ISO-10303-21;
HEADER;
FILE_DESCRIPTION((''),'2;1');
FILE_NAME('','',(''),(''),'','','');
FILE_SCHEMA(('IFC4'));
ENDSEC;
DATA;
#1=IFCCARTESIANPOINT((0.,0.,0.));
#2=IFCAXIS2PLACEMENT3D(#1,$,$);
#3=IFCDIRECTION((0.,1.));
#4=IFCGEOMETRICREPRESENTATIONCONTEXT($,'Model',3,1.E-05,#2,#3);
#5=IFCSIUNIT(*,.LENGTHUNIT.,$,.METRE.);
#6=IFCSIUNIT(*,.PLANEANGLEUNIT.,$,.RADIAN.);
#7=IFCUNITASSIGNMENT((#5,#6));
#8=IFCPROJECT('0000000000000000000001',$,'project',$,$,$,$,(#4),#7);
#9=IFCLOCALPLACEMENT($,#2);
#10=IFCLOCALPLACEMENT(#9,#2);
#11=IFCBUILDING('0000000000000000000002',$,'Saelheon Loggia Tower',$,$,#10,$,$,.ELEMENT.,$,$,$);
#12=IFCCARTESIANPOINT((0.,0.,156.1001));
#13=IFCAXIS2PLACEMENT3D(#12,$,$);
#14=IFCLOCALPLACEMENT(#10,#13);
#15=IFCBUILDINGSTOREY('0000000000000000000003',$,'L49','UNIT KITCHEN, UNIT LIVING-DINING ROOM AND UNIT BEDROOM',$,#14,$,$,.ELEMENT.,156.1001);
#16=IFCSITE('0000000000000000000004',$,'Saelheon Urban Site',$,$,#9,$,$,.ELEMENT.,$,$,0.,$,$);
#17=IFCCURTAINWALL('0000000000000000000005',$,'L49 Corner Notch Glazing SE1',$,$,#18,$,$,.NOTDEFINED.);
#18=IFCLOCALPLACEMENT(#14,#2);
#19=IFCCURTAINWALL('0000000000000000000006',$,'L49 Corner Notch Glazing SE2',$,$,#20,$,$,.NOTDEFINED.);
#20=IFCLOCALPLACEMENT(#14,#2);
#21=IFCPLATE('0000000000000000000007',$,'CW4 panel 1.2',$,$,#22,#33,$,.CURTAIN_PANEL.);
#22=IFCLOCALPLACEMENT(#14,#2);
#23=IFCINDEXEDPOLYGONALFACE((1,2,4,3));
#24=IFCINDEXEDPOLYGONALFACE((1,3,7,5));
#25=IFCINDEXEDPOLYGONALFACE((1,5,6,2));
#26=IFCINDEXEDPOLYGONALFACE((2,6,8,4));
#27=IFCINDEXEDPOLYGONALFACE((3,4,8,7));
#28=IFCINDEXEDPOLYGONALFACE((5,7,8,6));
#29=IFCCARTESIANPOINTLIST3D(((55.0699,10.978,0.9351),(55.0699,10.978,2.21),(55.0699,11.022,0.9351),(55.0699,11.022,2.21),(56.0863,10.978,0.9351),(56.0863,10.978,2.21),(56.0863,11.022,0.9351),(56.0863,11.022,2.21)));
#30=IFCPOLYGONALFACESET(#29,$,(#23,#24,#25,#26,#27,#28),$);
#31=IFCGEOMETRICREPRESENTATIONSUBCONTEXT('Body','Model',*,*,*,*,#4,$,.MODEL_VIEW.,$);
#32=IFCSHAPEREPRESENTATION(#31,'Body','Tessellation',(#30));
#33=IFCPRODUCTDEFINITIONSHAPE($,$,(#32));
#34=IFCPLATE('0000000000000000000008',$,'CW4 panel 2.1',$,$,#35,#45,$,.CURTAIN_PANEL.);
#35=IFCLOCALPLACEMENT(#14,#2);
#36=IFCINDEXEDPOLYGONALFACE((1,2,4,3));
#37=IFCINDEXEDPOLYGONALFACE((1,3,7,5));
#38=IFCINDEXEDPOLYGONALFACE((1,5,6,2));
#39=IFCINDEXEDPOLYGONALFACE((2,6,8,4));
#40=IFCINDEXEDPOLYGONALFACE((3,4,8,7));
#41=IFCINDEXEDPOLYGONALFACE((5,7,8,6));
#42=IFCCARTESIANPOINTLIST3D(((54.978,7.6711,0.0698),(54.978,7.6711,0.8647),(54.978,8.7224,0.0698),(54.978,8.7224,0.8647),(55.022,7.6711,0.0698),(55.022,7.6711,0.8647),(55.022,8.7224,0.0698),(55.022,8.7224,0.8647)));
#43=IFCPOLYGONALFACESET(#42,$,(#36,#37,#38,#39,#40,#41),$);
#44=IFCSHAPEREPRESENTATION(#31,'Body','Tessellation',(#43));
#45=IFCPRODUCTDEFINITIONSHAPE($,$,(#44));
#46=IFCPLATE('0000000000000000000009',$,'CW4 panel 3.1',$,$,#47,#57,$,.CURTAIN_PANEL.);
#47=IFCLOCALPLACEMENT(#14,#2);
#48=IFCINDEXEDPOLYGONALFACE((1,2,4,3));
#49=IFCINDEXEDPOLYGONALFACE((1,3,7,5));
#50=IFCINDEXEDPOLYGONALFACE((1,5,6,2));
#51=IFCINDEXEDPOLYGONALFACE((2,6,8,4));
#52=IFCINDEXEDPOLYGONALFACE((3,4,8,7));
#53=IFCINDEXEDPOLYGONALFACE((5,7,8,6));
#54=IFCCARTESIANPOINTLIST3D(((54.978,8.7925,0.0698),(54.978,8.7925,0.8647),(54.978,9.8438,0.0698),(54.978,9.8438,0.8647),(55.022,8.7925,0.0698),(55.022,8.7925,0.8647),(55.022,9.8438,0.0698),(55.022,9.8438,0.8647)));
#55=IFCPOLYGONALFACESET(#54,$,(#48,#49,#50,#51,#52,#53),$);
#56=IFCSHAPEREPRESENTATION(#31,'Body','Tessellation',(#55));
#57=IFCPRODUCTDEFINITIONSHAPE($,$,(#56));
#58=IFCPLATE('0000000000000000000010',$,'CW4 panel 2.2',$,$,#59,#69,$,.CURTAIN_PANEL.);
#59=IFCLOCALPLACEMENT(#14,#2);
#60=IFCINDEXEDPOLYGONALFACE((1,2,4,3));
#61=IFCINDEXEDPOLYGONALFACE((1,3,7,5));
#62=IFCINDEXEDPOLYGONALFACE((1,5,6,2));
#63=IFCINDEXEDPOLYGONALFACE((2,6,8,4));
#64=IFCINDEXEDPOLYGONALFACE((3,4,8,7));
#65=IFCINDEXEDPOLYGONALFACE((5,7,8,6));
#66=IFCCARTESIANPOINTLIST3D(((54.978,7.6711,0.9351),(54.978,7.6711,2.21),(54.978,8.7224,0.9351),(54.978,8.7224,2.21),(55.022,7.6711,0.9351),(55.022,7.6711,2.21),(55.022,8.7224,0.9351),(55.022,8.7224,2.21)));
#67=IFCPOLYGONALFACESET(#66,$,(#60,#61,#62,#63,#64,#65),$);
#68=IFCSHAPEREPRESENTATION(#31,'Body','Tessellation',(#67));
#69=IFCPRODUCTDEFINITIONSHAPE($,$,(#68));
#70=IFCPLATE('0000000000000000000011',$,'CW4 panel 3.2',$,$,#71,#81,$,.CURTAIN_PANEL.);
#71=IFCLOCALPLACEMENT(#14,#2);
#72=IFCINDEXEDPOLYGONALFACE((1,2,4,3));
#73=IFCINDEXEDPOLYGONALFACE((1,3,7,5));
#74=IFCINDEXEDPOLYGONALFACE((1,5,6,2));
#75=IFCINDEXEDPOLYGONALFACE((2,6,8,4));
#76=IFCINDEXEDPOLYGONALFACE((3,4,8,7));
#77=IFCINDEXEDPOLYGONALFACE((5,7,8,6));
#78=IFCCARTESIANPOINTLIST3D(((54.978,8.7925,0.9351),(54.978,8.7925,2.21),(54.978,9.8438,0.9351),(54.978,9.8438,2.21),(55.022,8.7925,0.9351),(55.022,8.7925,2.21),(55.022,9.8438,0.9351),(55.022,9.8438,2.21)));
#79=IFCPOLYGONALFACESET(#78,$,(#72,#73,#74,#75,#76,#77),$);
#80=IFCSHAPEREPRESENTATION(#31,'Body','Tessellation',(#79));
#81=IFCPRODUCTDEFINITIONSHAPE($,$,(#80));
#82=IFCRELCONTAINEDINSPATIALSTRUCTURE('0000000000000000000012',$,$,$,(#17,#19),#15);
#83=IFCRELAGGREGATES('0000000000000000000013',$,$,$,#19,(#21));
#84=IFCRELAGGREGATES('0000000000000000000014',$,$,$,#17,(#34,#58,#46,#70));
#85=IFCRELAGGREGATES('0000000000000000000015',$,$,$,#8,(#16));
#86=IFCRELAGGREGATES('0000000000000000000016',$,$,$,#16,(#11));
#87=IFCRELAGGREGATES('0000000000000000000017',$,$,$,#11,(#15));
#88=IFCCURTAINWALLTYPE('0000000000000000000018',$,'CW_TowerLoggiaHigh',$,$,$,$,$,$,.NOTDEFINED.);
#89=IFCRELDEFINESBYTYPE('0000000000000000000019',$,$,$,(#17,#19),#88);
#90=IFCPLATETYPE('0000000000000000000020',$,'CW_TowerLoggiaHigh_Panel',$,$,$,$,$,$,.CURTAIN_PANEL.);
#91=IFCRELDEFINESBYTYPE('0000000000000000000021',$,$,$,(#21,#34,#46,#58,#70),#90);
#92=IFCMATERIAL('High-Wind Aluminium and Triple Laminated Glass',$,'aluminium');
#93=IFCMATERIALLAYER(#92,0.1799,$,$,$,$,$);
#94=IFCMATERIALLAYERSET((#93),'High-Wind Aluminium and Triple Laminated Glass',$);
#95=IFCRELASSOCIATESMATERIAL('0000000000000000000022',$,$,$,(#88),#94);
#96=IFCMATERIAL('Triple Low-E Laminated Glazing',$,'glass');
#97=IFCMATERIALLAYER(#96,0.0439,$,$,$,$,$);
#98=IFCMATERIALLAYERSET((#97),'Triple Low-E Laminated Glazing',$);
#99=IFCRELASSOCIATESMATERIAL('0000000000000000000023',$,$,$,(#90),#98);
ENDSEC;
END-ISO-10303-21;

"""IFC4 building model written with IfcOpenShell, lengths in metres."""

from ifc_helpers import new_model, si_unit, direction, frame, origin, origin_2d, place, context, subcontext, project, spatial, rectangle, extrude, source, transform, mapped, material, layer, layer_set, type_object, element, aggregate, save


model = new_model("IFC4")

# Units and contexts
model_context = context("Model", 3, precision=1e-05, world=origin(), true_north=direction((0.0, 1.0)))
body_context = subcontext(model_context, "Body", "Model", "MODEL_VIEW")
ifc_project = project(units=[si_unit("LENGTHUNIT", "METRE"), si_unit("PLANEANGLEUNIT", "RADIAN")], contexts=[model_context])

# Site, building, storey
site_placement = place(None, origin())
site = spatial("IfcSite", under=ifc_project, at=site_placement, Name="Saelheon Urban Site", CompositionType="ELEMENT", RefElevation=0.0)
building_placement = place(site_placement, origin())
building = spatial("IfcBuilding", under=site, at=building_placement, Name="Saelheon Loggia Tower", CompositionType="ELEMENT")
storey_placement = place(building_placement, frame((0.0, 0.0, 156.1001)))
storey = spatial("IfcBuildingStorey", under=building, at=storey_placement, Name="L49", Description="UNIT KITCHEN, UNIT LIVING-DINING ROOM AND UNIT BEDROOM", CompositionType="ELEMENT", Elevation=156.1001)

# Curtain wall
ifc_material_1 = material(Name="High-Wind Aluminium and Triple Laminated Glass", Category="aluminium")
ifc_layer_1 = layer(ifc_material_1, 0.1799)
ifc_layer_set_1 = layer_set([ifc_layer_1], Name="High-Wind Aluminium and Triple Laminated Glass")
curtain_wall_type = type_object("IfcCurtainWallType", Name="CW_TowerLoggiaHigh", PredefinedType="NOTDEFINED", material=ifc_layer_set_1)
curtain_wall_1_placement = place(storey_placement, origin())
curtain_wall_1 = element("IfcCurtainWall", 1, at=curtain_wall_1_placement, inside=storey, type_object=curtain_wall_type, Name="L49 Corner Notch Glazing SE1", PredefinedType="NOTDEFINED")

# Curtain wall
curtain_wall_2_placement = place(storey_placement, origin())
curtain_wall_2 = element("IfcCurtainWall", 2, at=curtain_wall_2_placement, inside=storey, type_object=curtain_wall_type, Name="L49 Corner Notch Glazing SE2", PredefinedType="NOTDEFINED")

# Plates
ifc_material_2 = material(Name="Triple Low-E Laminated Glazing", Category="glass")
ifc_layer_2 = layer(ifc_material_2, 0.0439)
ifc_layer_set_2 = layer_set([ifc_layer_2], Name="Triple Low-E Laminated Glazing")
plate_type = type_object("IfcPlateType", Name="CW_TowerLoggiaHigh_Panel", PredefinedType="CURTAIN_PANEL", material=ifc_layer_set_2)
shared_shape_1 = source(origin(), body_context, "Body", "SweptSolid", [
    extrude(rectangle(XDim=1.0164, YDim=0.0439, at=origin_2d()), origin(), (0.0, 0.0, 1.0), 1.2749),
])
plate_1_placement = place(storey_placement, frame((55.5781, 11.0, 0.9351), z_axis=(0.0, 0.0, 1.0), x_axis=(1.0, 0.0, 0.0)))
plate_1 = element("IfcPlate", 3, at=plate_1_placement, type_object=plate_type, Name="CW4 panel 1.2", PredefinedType="CURTAIN_PANEL", context=body_context, shape_type="MappedRepresentation", body=[
    mapped(shared_shape_1, transform((0.0, 0.0, 0.0), scale=1.0)),
])
aggregate(curtain_wall_2, [plate_1])
shared_shape_2 = source(origin(), body_context, "Body", "SweptSolid", [
    extrude(rectangle(XDim=1.0513, YDim=0.0439, at=origin_2d()), origin(), (0.0, 0.0, 1.0), 0.7949),
])
plate_2_placement = place(storey_placement, frame((55.0, 8.1968, 0.0698), z_axis=(0.0, 0.0, 1.0), x_axis=(0.0, 1.0, 0.0)))
plate_2 = element("IfcPlate", 4, at=plate_2_placement, type_object=plate_type, Name="CW4 panel 2.1", PredefinedType="CURTAIN_PANEL", context=body_context, shape_type="MappedRepresentation", body=[
    mapped(shared_shape_2, transform((0.0, 0.0, 0.0), scale=1.0)),
])
plate_3_placement = place(storey_placement, frame((55.0, 9.3181, 0.0698), z_axis=(0.0, 0.0, 1.0), x_axis=(0.0, 1.0, 0.0)))
plate_3 = element("IfcPlate", 5, at=plate_3_placement, type_object=plate_type, Name="CW4 panel 3.1", PredefinedType="CURTAIN_PANEL", context=body_context, shape_type="MappedRepresentation", body=[
    mapped(shared_shape_2, transform((0.0, 0.0, 0.0), scale=1.0)),
])
shared_shape_3 = source(origin(), body_context, "Body", "SweptSolid", [
    extrude(rectangle(XDim=1.0513, YDim=0.0439, at=origin_2d()), origin(), (0.0, 0.0, 1.0), 1.2749),
])
plate_4_placement = place(storey_placement, frame((55.0, 8.1968, 0.9351), z_axis=(0.0, 0.0, 1.0), x_axis=(0.0, 1.0, 0.0)))
plate_4 = element("IfcPlate", 6, at=plate_4_placement, type_object=plate_type, Name="CW4 panel 2.2", PredefinedType="CURTAIN_PANEL", context=body_context, shape_type="MappedRepresentation", body=[
    mapped(shared_shape_3, transform((0.0, 0.0, 0.0), scale=1.0)),
])
plate_5_placement = place(storey_placement, frame((55.0, 9.3181, 0.9351), z_axis=(0.0, 0.0, 1.0), x_axis=(0.0, 1.0, 0.0)))
plate_5 = element("IfcPlate", 7, at=plate_5_placement, type_object=plate_type, Name="CW4 panel 3.2", PredefinedType="CURTAIN_PANEL", context=body_context, shape_type="MappedRepresentation", body=[
    mapped(shared_shape_3, transform((0.0, 0.0, 0.0), scale=1.0)),
])
aggregate(curtain_wall_1, [plate_2, plate_4, plate_3, plate_5])

save(model, "model.ifc")
